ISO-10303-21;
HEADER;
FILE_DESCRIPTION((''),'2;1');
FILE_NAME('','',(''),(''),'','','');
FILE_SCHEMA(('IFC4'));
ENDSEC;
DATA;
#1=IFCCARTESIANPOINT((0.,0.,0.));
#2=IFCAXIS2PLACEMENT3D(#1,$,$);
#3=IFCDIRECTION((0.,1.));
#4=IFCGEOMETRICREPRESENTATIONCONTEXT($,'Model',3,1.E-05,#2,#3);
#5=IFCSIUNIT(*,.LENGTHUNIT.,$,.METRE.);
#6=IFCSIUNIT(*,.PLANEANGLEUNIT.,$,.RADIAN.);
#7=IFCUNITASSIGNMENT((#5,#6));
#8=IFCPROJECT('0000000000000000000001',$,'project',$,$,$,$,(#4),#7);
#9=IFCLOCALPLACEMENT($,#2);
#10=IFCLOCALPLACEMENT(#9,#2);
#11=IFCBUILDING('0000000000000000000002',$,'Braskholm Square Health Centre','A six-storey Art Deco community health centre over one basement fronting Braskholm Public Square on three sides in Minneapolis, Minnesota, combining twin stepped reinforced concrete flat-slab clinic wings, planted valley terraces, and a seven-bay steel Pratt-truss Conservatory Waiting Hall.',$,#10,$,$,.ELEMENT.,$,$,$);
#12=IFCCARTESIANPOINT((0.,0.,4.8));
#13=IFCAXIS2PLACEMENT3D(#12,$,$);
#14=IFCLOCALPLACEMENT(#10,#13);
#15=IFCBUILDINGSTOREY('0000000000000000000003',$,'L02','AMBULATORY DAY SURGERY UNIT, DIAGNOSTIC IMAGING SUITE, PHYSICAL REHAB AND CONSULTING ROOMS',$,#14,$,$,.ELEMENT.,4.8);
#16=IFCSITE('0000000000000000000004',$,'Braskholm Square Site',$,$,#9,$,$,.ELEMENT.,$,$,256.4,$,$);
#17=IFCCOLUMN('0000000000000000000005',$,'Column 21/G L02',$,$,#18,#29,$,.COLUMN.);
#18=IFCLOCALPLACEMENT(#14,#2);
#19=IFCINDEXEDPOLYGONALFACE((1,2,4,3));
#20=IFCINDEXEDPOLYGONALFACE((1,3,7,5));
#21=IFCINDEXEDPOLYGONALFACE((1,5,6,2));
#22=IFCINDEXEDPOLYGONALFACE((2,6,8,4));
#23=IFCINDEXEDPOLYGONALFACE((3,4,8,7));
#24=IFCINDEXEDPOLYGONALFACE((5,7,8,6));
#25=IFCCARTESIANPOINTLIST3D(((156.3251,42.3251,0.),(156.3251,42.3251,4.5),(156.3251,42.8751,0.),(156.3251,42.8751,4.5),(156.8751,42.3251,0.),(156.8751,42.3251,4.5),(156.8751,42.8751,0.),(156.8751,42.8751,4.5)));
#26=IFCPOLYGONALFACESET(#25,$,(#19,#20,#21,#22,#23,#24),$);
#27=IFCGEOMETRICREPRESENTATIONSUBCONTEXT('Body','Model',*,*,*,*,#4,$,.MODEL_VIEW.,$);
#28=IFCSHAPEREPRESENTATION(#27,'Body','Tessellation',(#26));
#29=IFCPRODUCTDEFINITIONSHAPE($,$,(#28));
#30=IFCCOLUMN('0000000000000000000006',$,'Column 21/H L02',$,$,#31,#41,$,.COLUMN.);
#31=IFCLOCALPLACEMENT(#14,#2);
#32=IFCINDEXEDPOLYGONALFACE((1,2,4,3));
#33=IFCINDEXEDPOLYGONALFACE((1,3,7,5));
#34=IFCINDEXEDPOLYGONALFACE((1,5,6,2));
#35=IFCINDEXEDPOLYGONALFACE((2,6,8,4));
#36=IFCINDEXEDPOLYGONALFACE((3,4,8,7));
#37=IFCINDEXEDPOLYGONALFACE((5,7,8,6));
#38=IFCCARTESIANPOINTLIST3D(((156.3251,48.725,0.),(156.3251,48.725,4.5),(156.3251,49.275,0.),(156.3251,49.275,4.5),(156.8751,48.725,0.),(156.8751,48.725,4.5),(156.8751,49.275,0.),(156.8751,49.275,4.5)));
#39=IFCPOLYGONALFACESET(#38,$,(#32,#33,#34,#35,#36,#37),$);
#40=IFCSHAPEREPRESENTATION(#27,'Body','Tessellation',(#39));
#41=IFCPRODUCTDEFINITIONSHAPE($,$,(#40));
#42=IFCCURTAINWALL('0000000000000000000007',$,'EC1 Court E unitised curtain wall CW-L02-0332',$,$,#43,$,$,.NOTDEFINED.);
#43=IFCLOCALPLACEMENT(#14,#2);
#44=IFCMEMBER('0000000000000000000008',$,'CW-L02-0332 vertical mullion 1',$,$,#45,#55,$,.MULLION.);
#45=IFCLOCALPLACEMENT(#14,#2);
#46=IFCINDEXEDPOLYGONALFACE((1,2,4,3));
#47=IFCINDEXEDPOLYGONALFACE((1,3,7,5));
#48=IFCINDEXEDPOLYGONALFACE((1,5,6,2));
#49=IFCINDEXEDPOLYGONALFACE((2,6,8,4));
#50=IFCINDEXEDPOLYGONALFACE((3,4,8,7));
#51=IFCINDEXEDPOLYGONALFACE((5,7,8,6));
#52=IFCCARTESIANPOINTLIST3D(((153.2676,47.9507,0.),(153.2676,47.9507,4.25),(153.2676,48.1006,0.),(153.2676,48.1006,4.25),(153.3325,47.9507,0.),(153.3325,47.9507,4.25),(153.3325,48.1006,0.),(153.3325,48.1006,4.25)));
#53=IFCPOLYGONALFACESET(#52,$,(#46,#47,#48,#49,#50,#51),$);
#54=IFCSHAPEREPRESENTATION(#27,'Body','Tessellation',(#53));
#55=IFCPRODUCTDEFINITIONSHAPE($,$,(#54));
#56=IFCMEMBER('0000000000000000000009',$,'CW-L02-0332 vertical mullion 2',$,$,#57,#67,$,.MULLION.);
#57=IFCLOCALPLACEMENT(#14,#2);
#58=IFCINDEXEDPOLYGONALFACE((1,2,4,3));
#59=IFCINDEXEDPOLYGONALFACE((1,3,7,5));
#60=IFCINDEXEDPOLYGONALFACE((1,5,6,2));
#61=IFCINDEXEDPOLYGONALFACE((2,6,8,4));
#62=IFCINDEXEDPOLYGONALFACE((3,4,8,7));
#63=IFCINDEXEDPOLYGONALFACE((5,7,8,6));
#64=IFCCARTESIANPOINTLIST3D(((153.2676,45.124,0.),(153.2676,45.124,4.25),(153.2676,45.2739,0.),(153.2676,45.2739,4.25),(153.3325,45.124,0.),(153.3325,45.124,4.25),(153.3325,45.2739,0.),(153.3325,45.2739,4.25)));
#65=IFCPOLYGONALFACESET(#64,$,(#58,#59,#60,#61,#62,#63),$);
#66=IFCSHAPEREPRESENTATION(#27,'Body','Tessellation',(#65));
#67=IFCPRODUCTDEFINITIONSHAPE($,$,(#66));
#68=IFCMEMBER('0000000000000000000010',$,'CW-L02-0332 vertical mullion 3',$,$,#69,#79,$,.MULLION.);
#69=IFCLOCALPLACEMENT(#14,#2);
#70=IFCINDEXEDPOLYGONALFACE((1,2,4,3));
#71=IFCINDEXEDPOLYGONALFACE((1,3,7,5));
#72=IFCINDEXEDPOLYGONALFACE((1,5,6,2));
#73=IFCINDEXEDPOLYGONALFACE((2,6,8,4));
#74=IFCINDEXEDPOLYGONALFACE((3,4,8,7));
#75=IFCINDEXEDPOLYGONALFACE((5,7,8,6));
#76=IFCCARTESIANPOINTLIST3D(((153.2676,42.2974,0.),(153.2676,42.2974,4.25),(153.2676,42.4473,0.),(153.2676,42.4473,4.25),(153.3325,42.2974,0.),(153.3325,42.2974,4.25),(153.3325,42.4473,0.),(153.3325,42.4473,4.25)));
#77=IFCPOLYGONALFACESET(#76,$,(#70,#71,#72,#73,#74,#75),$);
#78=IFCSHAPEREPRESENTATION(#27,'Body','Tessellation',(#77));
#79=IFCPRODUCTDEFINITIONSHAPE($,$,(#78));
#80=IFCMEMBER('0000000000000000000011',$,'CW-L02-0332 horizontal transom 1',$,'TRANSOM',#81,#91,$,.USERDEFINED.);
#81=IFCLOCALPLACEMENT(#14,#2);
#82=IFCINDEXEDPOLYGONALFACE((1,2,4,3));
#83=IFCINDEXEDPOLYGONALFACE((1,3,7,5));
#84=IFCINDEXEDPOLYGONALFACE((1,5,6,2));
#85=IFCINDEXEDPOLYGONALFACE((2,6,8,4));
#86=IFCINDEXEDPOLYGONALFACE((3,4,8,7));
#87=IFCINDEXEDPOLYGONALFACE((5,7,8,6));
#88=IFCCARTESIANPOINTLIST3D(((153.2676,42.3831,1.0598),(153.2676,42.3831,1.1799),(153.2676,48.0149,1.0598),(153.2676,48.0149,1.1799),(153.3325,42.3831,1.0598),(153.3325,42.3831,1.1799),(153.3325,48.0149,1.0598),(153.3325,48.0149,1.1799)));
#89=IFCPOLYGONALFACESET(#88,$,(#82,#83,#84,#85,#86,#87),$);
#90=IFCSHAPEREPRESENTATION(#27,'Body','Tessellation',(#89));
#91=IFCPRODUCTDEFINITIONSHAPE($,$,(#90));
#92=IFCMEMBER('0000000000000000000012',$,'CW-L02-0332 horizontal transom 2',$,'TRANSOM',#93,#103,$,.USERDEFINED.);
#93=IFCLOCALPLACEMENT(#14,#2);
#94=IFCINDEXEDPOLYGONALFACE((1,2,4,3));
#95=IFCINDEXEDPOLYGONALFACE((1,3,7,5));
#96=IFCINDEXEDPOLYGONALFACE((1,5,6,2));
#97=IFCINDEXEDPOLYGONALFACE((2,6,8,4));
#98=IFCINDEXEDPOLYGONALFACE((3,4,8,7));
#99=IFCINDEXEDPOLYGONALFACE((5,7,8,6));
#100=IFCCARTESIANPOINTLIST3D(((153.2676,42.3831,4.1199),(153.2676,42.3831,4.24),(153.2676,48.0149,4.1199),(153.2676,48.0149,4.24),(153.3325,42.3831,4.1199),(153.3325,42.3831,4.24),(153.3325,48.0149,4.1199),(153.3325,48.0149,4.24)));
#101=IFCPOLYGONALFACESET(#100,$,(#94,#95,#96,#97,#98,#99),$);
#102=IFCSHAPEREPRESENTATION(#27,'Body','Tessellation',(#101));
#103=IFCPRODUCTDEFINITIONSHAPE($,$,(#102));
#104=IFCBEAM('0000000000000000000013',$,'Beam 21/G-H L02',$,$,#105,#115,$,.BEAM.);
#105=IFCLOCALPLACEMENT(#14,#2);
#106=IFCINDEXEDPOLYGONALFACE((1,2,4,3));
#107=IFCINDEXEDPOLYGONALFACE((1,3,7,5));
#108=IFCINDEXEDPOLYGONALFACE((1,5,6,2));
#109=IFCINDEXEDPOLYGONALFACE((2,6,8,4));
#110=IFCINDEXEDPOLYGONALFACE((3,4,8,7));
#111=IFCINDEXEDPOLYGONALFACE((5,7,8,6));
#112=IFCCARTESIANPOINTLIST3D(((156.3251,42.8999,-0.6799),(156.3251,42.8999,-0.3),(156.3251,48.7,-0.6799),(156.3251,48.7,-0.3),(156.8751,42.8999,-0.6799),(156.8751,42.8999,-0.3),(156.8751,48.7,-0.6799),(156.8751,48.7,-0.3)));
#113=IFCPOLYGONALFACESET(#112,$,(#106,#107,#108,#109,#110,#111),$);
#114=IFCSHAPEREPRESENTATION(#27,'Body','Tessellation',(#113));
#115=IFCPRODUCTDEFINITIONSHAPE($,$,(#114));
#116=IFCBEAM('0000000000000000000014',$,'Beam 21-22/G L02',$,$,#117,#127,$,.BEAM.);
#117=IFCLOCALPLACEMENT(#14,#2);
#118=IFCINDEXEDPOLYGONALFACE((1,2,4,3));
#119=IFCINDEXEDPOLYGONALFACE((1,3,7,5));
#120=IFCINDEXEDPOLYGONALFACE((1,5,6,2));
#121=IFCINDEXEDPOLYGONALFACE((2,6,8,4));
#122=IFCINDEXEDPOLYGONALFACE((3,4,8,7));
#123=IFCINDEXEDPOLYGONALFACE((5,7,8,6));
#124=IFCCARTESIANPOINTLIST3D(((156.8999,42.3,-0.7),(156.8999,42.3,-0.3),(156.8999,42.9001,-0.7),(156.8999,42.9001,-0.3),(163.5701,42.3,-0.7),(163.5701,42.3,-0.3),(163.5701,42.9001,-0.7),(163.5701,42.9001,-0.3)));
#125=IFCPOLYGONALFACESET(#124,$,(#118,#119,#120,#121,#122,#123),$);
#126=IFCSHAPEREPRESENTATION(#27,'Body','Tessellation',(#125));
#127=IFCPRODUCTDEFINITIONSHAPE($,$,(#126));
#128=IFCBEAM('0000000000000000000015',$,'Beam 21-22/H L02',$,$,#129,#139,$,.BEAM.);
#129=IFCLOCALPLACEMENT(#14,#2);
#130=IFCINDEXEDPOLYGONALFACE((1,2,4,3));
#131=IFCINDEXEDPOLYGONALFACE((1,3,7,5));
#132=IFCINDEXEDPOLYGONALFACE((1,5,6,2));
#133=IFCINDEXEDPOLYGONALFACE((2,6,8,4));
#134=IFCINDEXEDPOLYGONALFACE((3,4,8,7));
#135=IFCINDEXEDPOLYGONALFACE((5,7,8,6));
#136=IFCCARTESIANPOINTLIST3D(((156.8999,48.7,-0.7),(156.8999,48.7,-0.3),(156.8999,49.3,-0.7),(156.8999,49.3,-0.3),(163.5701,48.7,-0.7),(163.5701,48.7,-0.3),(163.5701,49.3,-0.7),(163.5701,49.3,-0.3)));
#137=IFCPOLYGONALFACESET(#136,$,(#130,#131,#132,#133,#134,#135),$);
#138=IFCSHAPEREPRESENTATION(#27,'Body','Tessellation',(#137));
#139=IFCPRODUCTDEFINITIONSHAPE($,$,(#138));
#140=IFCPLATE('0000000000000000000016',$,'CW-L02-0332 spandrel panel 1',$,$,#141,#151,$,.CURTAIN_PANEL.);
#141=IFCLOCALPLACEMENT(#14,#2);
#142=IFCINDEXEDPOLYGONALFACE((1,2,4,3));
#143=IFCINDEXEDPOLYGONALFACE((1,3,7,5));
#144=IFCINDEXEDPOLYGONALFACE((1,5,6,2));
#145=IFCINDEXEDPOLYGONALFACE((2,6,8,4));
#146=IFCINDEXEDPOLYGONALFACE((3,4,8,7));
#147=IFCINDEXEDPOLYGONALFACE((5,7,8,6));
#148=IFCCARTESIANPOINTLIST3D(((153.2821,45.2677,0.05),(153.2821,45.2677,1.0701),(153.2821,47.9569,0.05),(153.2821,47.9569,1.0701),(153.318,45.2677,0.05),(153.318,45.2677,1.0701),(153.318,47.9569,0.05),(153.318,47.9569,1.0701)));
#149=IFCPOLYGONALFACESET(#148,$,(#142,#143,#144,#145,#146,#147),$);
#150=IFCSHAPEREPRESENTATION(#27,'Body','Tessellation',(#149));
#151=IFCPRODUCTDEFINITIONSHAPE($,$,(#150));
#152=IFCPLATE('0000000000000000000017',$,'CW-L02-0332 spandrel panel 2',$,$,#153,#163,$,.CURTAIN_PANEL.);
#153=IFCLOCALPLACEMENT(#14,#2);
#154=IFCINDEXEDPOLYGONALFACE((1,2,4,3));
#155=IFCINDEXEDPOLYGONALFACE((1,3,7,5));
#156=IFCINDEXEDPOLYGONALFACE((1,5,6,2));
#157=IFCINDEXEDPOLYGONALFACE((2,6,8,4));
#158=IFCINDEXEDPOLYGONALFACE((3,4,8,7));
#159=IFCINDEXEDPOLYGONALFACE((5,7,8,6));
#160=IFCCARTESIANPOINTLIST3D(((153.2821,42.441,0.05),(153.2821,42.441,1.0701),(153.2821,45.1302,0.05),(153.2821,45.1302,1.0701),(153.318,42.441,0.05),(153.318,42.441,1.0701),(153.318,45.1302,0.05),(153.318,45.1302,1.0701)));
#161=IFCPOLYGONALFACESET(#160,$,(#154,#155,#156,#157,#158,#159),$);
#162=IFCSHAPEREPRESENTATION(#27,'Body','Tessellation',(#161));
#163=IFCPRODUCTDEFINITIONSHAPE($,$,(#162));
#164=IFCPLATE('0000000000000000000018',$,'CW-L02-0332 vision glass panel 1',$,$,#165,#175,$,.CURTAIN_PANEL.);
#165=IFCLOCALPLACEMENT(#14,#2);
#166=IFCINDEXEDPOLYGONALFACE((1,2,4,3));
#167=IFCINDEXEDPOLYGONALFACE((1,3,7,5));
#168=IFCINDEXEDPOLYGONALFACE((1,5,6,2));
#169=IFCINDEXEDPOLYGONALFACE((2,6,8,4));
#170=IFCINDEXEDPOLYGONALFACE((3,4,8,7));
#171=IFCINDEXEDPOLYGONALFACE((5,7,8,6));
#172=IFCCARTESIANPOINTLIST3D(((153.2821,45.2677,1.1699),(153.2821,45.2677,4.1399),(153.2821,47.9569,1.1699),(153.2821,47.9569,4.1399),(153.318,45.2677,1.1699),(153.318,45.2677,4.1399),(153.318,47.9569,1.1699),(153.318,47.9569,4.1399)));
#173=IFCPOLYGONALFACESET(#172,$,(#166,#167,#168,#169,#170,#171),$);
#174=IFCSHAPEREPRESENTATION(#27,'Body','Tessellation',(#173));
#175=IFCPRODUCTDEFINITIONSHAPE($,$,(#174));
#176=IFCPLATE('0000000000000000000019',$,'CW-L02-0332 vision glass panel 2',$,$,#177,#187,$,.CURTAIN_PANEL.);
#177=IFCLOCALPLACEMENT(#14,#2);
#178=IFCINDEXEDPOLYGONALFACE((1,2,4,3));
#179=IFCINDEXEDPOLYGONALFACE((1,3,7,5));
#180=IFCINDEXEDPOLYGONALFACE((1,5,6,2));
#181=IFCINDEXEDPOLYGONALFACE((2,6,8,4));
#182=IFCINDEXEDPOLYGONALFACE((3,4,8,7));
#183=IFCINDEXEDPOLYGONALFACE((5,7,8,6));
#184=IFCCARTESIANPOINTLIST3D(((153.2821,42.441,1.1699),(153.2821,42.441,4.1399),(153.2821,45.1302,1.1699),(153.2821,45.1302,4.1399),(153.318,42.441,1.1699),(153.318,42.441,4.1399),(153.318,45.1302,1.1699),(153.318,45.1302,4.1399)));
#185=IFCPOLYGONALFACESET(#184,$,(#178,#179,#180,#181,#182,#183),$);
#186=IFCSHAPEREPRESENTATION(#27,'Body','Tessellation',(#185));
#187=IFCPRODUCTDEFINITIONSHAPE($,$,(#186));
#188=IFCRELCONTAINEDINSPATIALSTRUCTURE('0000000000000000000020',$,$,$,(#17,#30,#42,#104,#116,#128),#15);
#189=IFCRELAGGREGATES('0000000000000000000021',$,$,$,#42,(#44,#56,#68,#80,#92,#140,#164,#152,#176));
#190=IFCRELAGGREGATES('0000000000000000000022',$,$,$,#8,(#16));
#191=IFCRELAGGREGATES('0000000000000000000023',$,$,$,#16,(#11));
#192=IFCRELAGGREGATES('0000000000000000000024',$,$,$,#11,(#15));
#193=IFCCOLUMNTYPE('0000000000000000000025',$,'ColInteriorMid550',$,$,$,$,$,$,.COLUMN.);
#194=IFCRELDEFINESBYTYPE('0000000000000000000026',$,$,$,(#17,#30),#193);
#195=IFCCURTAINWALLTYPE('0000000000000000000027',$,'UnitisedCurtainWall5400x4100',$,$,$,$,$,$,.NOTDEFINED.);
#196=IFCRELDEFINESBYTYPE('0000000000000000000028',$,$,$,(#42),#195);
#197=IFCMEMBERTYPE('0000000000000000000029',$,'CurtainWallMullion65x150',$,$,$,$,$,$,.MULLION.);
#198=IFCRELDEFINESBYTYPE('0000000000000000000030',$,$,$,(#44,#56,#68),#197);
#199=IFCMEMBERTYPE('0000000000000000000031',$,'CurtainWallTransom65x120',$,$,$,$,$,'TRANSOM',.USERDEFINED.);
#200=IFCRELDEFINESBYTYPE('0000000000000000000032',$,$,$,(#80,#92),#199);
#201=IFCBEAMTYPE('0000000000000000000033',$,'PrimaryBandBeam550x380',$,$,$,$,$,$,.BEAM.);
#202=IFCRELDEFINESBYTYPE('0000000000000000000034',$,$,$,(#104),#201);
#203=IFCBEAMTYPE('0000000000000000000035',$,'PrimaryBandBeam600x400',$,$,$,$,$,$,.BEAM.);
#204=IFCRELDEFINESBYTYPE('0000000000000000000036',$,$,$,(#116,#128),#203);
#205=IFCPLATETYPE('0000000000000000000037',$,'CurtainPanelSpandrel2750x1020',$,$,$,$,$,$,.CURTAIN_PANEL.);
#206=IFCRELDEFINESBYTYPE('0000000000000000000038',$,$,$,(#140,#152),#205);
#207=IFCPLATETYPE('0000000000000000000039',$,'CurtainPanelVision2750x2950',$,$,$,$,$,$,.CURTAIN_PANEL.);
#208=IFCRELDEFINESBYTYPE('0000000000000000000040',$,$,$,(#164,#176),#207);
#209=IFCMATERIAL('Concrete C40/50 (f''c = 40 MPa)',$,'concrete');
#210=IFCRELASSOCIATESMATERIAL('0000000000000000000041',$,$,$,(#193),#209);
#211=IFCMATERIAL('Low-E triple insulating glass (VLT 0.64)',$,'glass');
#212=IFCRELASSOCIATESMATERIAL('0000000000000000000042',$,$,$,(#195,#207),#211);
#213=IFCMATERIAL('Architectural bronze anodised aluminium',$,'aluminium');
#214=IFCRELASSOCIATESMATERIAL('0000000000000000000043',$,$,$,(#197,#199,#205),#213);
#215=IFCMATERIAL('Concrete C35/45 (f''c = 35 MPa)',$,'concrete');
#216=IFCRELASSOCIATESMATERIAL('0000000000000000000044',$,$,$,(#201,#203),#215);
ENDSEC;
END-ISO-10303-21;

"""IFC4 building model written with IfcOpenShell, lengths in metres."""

from ifc_helpers import new_model, si_unit, direction, frame, origin, origin_2d, place, context, subcontext, project, spatial, rectangle, extrude, material, material_profile, profile_set, type_object, element, aggregate, save


model = new_model("IFC4")

# Units and contexts
model_context = context("Model", 3, precision=1e-05, world=origin(), true_north=direction((0.0, 1.0)))
body_context = subcontext(model_context, "Body", "Model", "MODEL_VIEW")
ifc_project = project(units=[si_unit("LENGTHUNIT", "METRE"), si_unit("PLANEANGLEUNIT", "RADIAN")], contexts=[model_context])

# Site, building, storey
site_placement = place(None, origin())
site = spatial("IfcSite", under=ifc_project, at=site_placement, Name="Braskholm Square Site", CompositionType="ELEMENT", RefElevation=256.4)
building_placement = place(site_placement, origin())
building = spatial("IfcBuilding", under=site, at=building_placement, Name="Braskholm Square Health Centre", Description="A six-storey Art Deco community health centre over one basement fronting Braskholm Public Square on three sides in Minneapolis, Minnesota, combining twin stepped reinforced concrete flat-slab clinic wings, planted valley terraces, and a seven-bay steel Pratt-truss Conservatory Waiting Hall.", CompositionType="ELEMENT")
storey_placement = place(building_placement, frame((0.0, 0.0, 4.8)))
storey = spatial("IfcBuildingStorey", under=building, at=storey_placement, Name="L02", Description="AMBULATORY DAY SURGERY UNIT, DIAGNOSTIC IMAGING SUITE, PHYSICAL REHAB AND CONSULTING ROOMS", CompositionType="ELEMENT", Elevation=4.8)

# Columns
ifc_material_1 = material(Name="Concrete C40/50 (f'c = 40 MPa)", Category="concrete")
ifc_material_profile_1 = material_profile(ifc_material_1, rectangle(XDim=0.55, YDim=0.55, at=origin_2d()), Name="RC-550X550")
ifc_profile_set_1 = profile_set([ifc_material_profile_1], Name="Concrete C40/50 (f'c = 40 MPa)")
column_type = type_object("IfcColumnType", Name="ColInteriorMid550", PredefinedType="COLUMN", material=ifc_profile_set_1)
for number, where, z_axis, x_axis, name in (
    (1, (156.6001, 42.6001, 0.0), (0.0, 0.0, 1.0), (1.0, 0.0, 0.0), "Column 21/G L02"),
    (2, (156.6001, 49.0, 0.0), (0.0, 0.0, 1.0), (1.0, 0.0, 0.0), "Column 21/H L02"),
):
    element("IfcColumn", number, at=place(storey_placement, frame(where, z_axis=z_axis, x_axis=x_axis)), inside=storey, type_object=column_type, Name=name, PredefinedType="COLUMN", context=body_context, shape_type="SweptSolid", body=[
        extrude(rectangle(XDim=0.55, YDim=0.55, at=origin_2d()), origin(), (0.0, 0.0, 1.0), 4.5),
    ])

# Curtain wall, members
ifc_material_2 = material(Name="Low-E triple insulating glass (VLT 0.64)", Category="glass")
curtain_wall_type = type_object("IfcCurtainWallType", Name="UnitisedCurtainWall5400x4100", PredefinedType="NOTDEFINED", material=ifc_material_2)
curtain_wall_placement = place(storey_placement, origin())
curtain_wall = element("IfcCurtainWall", 3, at=curtain_wall_placement, inside=storey, type_object=curtain_wall_type, Name="EC1 Court E unitised curtain wall CW-L02-0332", PredefinedType="NOTDEFINED")
ifc_material_3 = material(Name="Architectural bronze anodised aluminium", Category="aluminium")
ifc_material_profile_2 = material_profile(ifc_material_3, rectangle(XDim=0.0649, YDim=0.1499, at=origin_2d()), Name="ALU-65X150")
ifc_profile_set_2 = profile_set([ifc_material_profile_2], Name="Architectural bronze anodised aluminium")
member_type_1 = type_object("IfcMemberType", Name="CurtainWallMullion65x150", PredefinedType="MULLION", material=ifc_profile_set_2)
member_1_placement = place(storey_placement, frame((153.3, 48.0256, 0.0), z_axis=(0.0, 0.0, 1.0), x_axis=(1.0, 0.0, 0.0)))
member_1 = element("IfcMember", 4, at=member_1_placement, type_object=member_type_1, Name="CW-L02-0332 vertical mullion 1", PredefinedType="MULLION", context=body_context, shape_type="SweptSolid", body=[
    extrude(rectangle(XDim=0.0649, YDim=0.1499, at=origin_2d()), origin(), (0.0, 0.0, 1.0), 4.25),
])
member_2_placement = place(storey_placement, frame((153.3, 45.199, 0.0), z_axis=(0.0, 0.0, 1.0), x_axis=(1.0, 0.0, 0.0)))
member_2 = element("IfcMember", 5, at=member_2_placement, type_object=member_type_1, Name="CW-L02-0332 vertical mullion 2", PredefinedType="MULLION", context=body_context, shape_type="SweptSolid", body=[
    extrude(rectangle(XDim=0.0649, YDim=0.1499, at=origin_2d()), origin(), (0.0, 0.0, 1.0), 4.25),
])
member_3_placement = place(storey_placement, frame((153.3, 42.3723, 0.0), z_axis=(0.0, 0.0, 1.0), x_axis=(1.0, 0.0, 0.0)))
member_3 = element("IfcMember", 6, at=member_3_placement, type_object=member_type_1, Name="CW-L02-0332 vertical mullion 3", PredefinedType="MULLION", context=body_context, shape_type="SweptSolid", body=[
    extrude(rectangle(XDim=0.0649, YDim=0.1499, at=origin_2d()), origin(), (0.0, 0.0, 1.0), 4.25),
])
ifc_material_profile_3 = material_profile(ifc_material_3, rectangle(XDim=0.0649, YDim=0.1201, at=origin_2d()), Name="ALU-65X120")
ifc_profile_set_3 = profile_set([ifc_material_profile_3], Name="Architectural bronze anodised aluminium")
member_type_2 = type_object("IfcMemberType", Name="CurtainWallTransom65x120", ElementType="TRANSOM", PredefinedType="USERDEFINED", material=ifc_profile_set_3)
member_4_placement = place(storey_placement, frame((153.3, 48.0149, 1.1199), z_axis=(0.0, -1.0, 0.0), x_axis=(1.0, 0.0, 0.0)))
member_4 = element("IfcMember", 7, at=member_4_placement, type_object=member_type_2, Name="CW-L02-0332 horizontal transom 1", ObjectType="TRANSOM", PredefinedType="USERDEFINED", context=body_context, shape_type="SweptSolid", body=[
    extrude(rectangle(XDim=0.0649, YDim=0.1201, at=origin_2d()), origin(), (0.0, 0.0, 1.0), 5.6318),
])
member_5_placement = place(storey_placement, frame((153.3, 48.0149, 4.1799), z_axis=(0.0, -1.0, 0.0), x_axis=(1.0, 0.0, 0.0)))
member_5 = element("IfcMember", 8, at=member_5_placement, type_object=member_type_2, Name="CW-L02-0332 horizontal transom 2", ObjectType="TRANSOM", PredefinedType="USERDEFINED", context=body_context, shape_type="SweptSolid", body=[
    extrude(rectangle(XDim=0.0649, YDim=0.1201, at=origin_2d()), origin(), (0.0, 0.0, 1.0), 5.6318),
])

# Beams
ifc_material_4 = material(Name="Concrete C35/45 (f'c = 35 MPa)", Category="concrete")
ifc_material_profile_4 = material_profile(ifc_material_4, rectangle(XDim=0.55, YDim=0.3799, at=origin_2d()), Name="RCB-550X380")
ifc_profile_set_4 = profile_set([ifc_material_profile_4], Name="Concrete C35/45 (f'c = 35 MPa)")
beam_type_1 = type_object("IfcBeamType", Name="PrimaryBandBeam550x380", PredefinedType="BEAM", material=ifc_profile_set_4)
beam_placement = place(storey_placement, frame((156.6001, 42.8999, -0.49), z_axis=(0.0, 1.0, 0.0), x_axis=(-1.0, 0.0, 0.0)))
element("IfcBeam", 9, at=beam_placement, inside=storey, type_object=beam_type_1, Name="Beam 21/G-H L02", PredefinedType="BEAM", context=body_context, shape_type="SweptSolid", body=[
    extrude(rectangle(XDim=0.55, YDim=0.3799, at=origin_2d()), origin(), (0.0, 0.0, 1.0), 5.8),
])
ifc_material_profile_5 = material_profile(ifc_material_4, rectangle(XDim=0.6001, YDim=0.3999, at=origin_2d()), Name="RCB-600X400")
ifc_profile_set_5 = profile_set([ifc_material_profile_5], Name="Concrete C35/45 (f'c = 35 MPa)")
beam_type_2 = type_object("IfcBeamType", Name="PrimaryBandBeam600x400", PredefinedType="BEAM", material=ifc_profile_set_5)
for number, where, z_axis, x_axis, name in (
    (10, (156.8999, 42.6001, -0.5), (1.0, 0.0, 0.0), (0.0, 1.0, 0.0), "Beam 21-22/G L02"),
    (11, (156.8999, 49.0, -0.5), (1.0, 0.0, 0.0), (0.0, 1.0, 0.0), "Beam 21-22/H L02"),
):
    element("IfcBeam", number, at=place(storey_placement, frame(where, z_axis=z_axis, x_axis=x_axis)), inside=storey, type_object=beam_type_2, Name=name, PredefinedType="BEAM", context=body_context, shape_type="SweptSolid", body=[
        extrude(rectangle(XDim=0.6001, YDim=0.3999, at=origin_2d()), origin(), (0.0, 0.0, 1.0), 6.6702),
    ])

# Plates
plate_type_1 = type_object("IfcPlateType", Name="CurtainPanelSpandrel2750x1020", PredefinedType="CURTAIN_PANEL", material=ifc_material_3)
plate_1_placement = place(storey_placement, frame((153.3, 46.6123, 0.05), z_axis=(0.0, 0.0, 1.0), x_axis=(0.0, -1.0, 0.0)))
plate_1 = element("IfcPlate", 12, at=plate_1_placement, type_object=plate_type_1, Name="CW-L02-0332 spandrel panel 1", PredefinedType="CURTAIN_PANEL", context=body_context, shape_type="SweptSolid", body=[
    extrude(rectangle(XDim=2.6892, YDim=0.0359, at=origin_2d()), origin(), (0.0, 0.0, 1.0), 1.02),
])
plate_2_placement = place(storey_placement, frame((153.3, 43.7856, 0.05), z_axis=(0.0, 0.0, 1.0), x_axis=(0.0, -1.0, 0.0)))
plate_2 = element("IfcPlate", 13, at=plate_2_placement, type_object=plate_type_1, Name="CW-L02-0332 spandrel panel 2", PredefinedType="CURTAIN_PANEL", context=body_context, shape_type="SweptSolid", body=[
    extrude(rectangle(XDim=2.6892, YDim=0.0359, at=origin_2d()), origin(), (0.0, 0.0, 1.0), 1.02),
])
plate_type_2 = type_object("IfcPlateType", Name="CurtainPanelVision2750x2950", PredefinedType="CURTAIN_PANEL", material=ifc_material_2)
plate_3_placement = place(storey_placement, frame((153.3, 46.6123, 1.1699), z_axis=(0.0, 0.0, 1.0), x_axis=(0.0, -1.0, 0.0)))
plate_3 = element("IfcPlate", 14, at=plate_3_placement, type_object=plate_type_2, Name="CW-L02-0332 vision glass panel 1", PredefinedType="CURTAIN_PANEL", context=body_context, shape_type="SweptSolid", body=[
    extrude(rectangle(XDim=2.6892, YDim=0.0359, at=origin_2d()), origin(), (0.0, 0.0, 1.0), 2.97),
])
plate_4_placement = place(storey_placement, frame((153.3, 43.7856, 1.1699), z_axis=(0.0, 0.0, 1.0), x_axis=(0.0, -1.0, 0.0)))
plate_4 = element("IfcPlate", 15, at=plate_4_placement, type_object=plate_type_2, Name="CW-L02-0332 vision glass panel 2", PredefinedType="CURTAIN_PANEL", context=body_context, shape_type="SweptSolid", body=[
    extrude(rectangle(XDim=2.6892, YDim=0.0359, at=origin_2d()), origin(), (0.0, 0.0, 1.0), 2.97),
])
aggregate(curtain_wall, [member_1, member_2, member_3, member_4, member_5, plate_1, plate_3, plate_2, plate_4])

save(model, "model.ifc")
